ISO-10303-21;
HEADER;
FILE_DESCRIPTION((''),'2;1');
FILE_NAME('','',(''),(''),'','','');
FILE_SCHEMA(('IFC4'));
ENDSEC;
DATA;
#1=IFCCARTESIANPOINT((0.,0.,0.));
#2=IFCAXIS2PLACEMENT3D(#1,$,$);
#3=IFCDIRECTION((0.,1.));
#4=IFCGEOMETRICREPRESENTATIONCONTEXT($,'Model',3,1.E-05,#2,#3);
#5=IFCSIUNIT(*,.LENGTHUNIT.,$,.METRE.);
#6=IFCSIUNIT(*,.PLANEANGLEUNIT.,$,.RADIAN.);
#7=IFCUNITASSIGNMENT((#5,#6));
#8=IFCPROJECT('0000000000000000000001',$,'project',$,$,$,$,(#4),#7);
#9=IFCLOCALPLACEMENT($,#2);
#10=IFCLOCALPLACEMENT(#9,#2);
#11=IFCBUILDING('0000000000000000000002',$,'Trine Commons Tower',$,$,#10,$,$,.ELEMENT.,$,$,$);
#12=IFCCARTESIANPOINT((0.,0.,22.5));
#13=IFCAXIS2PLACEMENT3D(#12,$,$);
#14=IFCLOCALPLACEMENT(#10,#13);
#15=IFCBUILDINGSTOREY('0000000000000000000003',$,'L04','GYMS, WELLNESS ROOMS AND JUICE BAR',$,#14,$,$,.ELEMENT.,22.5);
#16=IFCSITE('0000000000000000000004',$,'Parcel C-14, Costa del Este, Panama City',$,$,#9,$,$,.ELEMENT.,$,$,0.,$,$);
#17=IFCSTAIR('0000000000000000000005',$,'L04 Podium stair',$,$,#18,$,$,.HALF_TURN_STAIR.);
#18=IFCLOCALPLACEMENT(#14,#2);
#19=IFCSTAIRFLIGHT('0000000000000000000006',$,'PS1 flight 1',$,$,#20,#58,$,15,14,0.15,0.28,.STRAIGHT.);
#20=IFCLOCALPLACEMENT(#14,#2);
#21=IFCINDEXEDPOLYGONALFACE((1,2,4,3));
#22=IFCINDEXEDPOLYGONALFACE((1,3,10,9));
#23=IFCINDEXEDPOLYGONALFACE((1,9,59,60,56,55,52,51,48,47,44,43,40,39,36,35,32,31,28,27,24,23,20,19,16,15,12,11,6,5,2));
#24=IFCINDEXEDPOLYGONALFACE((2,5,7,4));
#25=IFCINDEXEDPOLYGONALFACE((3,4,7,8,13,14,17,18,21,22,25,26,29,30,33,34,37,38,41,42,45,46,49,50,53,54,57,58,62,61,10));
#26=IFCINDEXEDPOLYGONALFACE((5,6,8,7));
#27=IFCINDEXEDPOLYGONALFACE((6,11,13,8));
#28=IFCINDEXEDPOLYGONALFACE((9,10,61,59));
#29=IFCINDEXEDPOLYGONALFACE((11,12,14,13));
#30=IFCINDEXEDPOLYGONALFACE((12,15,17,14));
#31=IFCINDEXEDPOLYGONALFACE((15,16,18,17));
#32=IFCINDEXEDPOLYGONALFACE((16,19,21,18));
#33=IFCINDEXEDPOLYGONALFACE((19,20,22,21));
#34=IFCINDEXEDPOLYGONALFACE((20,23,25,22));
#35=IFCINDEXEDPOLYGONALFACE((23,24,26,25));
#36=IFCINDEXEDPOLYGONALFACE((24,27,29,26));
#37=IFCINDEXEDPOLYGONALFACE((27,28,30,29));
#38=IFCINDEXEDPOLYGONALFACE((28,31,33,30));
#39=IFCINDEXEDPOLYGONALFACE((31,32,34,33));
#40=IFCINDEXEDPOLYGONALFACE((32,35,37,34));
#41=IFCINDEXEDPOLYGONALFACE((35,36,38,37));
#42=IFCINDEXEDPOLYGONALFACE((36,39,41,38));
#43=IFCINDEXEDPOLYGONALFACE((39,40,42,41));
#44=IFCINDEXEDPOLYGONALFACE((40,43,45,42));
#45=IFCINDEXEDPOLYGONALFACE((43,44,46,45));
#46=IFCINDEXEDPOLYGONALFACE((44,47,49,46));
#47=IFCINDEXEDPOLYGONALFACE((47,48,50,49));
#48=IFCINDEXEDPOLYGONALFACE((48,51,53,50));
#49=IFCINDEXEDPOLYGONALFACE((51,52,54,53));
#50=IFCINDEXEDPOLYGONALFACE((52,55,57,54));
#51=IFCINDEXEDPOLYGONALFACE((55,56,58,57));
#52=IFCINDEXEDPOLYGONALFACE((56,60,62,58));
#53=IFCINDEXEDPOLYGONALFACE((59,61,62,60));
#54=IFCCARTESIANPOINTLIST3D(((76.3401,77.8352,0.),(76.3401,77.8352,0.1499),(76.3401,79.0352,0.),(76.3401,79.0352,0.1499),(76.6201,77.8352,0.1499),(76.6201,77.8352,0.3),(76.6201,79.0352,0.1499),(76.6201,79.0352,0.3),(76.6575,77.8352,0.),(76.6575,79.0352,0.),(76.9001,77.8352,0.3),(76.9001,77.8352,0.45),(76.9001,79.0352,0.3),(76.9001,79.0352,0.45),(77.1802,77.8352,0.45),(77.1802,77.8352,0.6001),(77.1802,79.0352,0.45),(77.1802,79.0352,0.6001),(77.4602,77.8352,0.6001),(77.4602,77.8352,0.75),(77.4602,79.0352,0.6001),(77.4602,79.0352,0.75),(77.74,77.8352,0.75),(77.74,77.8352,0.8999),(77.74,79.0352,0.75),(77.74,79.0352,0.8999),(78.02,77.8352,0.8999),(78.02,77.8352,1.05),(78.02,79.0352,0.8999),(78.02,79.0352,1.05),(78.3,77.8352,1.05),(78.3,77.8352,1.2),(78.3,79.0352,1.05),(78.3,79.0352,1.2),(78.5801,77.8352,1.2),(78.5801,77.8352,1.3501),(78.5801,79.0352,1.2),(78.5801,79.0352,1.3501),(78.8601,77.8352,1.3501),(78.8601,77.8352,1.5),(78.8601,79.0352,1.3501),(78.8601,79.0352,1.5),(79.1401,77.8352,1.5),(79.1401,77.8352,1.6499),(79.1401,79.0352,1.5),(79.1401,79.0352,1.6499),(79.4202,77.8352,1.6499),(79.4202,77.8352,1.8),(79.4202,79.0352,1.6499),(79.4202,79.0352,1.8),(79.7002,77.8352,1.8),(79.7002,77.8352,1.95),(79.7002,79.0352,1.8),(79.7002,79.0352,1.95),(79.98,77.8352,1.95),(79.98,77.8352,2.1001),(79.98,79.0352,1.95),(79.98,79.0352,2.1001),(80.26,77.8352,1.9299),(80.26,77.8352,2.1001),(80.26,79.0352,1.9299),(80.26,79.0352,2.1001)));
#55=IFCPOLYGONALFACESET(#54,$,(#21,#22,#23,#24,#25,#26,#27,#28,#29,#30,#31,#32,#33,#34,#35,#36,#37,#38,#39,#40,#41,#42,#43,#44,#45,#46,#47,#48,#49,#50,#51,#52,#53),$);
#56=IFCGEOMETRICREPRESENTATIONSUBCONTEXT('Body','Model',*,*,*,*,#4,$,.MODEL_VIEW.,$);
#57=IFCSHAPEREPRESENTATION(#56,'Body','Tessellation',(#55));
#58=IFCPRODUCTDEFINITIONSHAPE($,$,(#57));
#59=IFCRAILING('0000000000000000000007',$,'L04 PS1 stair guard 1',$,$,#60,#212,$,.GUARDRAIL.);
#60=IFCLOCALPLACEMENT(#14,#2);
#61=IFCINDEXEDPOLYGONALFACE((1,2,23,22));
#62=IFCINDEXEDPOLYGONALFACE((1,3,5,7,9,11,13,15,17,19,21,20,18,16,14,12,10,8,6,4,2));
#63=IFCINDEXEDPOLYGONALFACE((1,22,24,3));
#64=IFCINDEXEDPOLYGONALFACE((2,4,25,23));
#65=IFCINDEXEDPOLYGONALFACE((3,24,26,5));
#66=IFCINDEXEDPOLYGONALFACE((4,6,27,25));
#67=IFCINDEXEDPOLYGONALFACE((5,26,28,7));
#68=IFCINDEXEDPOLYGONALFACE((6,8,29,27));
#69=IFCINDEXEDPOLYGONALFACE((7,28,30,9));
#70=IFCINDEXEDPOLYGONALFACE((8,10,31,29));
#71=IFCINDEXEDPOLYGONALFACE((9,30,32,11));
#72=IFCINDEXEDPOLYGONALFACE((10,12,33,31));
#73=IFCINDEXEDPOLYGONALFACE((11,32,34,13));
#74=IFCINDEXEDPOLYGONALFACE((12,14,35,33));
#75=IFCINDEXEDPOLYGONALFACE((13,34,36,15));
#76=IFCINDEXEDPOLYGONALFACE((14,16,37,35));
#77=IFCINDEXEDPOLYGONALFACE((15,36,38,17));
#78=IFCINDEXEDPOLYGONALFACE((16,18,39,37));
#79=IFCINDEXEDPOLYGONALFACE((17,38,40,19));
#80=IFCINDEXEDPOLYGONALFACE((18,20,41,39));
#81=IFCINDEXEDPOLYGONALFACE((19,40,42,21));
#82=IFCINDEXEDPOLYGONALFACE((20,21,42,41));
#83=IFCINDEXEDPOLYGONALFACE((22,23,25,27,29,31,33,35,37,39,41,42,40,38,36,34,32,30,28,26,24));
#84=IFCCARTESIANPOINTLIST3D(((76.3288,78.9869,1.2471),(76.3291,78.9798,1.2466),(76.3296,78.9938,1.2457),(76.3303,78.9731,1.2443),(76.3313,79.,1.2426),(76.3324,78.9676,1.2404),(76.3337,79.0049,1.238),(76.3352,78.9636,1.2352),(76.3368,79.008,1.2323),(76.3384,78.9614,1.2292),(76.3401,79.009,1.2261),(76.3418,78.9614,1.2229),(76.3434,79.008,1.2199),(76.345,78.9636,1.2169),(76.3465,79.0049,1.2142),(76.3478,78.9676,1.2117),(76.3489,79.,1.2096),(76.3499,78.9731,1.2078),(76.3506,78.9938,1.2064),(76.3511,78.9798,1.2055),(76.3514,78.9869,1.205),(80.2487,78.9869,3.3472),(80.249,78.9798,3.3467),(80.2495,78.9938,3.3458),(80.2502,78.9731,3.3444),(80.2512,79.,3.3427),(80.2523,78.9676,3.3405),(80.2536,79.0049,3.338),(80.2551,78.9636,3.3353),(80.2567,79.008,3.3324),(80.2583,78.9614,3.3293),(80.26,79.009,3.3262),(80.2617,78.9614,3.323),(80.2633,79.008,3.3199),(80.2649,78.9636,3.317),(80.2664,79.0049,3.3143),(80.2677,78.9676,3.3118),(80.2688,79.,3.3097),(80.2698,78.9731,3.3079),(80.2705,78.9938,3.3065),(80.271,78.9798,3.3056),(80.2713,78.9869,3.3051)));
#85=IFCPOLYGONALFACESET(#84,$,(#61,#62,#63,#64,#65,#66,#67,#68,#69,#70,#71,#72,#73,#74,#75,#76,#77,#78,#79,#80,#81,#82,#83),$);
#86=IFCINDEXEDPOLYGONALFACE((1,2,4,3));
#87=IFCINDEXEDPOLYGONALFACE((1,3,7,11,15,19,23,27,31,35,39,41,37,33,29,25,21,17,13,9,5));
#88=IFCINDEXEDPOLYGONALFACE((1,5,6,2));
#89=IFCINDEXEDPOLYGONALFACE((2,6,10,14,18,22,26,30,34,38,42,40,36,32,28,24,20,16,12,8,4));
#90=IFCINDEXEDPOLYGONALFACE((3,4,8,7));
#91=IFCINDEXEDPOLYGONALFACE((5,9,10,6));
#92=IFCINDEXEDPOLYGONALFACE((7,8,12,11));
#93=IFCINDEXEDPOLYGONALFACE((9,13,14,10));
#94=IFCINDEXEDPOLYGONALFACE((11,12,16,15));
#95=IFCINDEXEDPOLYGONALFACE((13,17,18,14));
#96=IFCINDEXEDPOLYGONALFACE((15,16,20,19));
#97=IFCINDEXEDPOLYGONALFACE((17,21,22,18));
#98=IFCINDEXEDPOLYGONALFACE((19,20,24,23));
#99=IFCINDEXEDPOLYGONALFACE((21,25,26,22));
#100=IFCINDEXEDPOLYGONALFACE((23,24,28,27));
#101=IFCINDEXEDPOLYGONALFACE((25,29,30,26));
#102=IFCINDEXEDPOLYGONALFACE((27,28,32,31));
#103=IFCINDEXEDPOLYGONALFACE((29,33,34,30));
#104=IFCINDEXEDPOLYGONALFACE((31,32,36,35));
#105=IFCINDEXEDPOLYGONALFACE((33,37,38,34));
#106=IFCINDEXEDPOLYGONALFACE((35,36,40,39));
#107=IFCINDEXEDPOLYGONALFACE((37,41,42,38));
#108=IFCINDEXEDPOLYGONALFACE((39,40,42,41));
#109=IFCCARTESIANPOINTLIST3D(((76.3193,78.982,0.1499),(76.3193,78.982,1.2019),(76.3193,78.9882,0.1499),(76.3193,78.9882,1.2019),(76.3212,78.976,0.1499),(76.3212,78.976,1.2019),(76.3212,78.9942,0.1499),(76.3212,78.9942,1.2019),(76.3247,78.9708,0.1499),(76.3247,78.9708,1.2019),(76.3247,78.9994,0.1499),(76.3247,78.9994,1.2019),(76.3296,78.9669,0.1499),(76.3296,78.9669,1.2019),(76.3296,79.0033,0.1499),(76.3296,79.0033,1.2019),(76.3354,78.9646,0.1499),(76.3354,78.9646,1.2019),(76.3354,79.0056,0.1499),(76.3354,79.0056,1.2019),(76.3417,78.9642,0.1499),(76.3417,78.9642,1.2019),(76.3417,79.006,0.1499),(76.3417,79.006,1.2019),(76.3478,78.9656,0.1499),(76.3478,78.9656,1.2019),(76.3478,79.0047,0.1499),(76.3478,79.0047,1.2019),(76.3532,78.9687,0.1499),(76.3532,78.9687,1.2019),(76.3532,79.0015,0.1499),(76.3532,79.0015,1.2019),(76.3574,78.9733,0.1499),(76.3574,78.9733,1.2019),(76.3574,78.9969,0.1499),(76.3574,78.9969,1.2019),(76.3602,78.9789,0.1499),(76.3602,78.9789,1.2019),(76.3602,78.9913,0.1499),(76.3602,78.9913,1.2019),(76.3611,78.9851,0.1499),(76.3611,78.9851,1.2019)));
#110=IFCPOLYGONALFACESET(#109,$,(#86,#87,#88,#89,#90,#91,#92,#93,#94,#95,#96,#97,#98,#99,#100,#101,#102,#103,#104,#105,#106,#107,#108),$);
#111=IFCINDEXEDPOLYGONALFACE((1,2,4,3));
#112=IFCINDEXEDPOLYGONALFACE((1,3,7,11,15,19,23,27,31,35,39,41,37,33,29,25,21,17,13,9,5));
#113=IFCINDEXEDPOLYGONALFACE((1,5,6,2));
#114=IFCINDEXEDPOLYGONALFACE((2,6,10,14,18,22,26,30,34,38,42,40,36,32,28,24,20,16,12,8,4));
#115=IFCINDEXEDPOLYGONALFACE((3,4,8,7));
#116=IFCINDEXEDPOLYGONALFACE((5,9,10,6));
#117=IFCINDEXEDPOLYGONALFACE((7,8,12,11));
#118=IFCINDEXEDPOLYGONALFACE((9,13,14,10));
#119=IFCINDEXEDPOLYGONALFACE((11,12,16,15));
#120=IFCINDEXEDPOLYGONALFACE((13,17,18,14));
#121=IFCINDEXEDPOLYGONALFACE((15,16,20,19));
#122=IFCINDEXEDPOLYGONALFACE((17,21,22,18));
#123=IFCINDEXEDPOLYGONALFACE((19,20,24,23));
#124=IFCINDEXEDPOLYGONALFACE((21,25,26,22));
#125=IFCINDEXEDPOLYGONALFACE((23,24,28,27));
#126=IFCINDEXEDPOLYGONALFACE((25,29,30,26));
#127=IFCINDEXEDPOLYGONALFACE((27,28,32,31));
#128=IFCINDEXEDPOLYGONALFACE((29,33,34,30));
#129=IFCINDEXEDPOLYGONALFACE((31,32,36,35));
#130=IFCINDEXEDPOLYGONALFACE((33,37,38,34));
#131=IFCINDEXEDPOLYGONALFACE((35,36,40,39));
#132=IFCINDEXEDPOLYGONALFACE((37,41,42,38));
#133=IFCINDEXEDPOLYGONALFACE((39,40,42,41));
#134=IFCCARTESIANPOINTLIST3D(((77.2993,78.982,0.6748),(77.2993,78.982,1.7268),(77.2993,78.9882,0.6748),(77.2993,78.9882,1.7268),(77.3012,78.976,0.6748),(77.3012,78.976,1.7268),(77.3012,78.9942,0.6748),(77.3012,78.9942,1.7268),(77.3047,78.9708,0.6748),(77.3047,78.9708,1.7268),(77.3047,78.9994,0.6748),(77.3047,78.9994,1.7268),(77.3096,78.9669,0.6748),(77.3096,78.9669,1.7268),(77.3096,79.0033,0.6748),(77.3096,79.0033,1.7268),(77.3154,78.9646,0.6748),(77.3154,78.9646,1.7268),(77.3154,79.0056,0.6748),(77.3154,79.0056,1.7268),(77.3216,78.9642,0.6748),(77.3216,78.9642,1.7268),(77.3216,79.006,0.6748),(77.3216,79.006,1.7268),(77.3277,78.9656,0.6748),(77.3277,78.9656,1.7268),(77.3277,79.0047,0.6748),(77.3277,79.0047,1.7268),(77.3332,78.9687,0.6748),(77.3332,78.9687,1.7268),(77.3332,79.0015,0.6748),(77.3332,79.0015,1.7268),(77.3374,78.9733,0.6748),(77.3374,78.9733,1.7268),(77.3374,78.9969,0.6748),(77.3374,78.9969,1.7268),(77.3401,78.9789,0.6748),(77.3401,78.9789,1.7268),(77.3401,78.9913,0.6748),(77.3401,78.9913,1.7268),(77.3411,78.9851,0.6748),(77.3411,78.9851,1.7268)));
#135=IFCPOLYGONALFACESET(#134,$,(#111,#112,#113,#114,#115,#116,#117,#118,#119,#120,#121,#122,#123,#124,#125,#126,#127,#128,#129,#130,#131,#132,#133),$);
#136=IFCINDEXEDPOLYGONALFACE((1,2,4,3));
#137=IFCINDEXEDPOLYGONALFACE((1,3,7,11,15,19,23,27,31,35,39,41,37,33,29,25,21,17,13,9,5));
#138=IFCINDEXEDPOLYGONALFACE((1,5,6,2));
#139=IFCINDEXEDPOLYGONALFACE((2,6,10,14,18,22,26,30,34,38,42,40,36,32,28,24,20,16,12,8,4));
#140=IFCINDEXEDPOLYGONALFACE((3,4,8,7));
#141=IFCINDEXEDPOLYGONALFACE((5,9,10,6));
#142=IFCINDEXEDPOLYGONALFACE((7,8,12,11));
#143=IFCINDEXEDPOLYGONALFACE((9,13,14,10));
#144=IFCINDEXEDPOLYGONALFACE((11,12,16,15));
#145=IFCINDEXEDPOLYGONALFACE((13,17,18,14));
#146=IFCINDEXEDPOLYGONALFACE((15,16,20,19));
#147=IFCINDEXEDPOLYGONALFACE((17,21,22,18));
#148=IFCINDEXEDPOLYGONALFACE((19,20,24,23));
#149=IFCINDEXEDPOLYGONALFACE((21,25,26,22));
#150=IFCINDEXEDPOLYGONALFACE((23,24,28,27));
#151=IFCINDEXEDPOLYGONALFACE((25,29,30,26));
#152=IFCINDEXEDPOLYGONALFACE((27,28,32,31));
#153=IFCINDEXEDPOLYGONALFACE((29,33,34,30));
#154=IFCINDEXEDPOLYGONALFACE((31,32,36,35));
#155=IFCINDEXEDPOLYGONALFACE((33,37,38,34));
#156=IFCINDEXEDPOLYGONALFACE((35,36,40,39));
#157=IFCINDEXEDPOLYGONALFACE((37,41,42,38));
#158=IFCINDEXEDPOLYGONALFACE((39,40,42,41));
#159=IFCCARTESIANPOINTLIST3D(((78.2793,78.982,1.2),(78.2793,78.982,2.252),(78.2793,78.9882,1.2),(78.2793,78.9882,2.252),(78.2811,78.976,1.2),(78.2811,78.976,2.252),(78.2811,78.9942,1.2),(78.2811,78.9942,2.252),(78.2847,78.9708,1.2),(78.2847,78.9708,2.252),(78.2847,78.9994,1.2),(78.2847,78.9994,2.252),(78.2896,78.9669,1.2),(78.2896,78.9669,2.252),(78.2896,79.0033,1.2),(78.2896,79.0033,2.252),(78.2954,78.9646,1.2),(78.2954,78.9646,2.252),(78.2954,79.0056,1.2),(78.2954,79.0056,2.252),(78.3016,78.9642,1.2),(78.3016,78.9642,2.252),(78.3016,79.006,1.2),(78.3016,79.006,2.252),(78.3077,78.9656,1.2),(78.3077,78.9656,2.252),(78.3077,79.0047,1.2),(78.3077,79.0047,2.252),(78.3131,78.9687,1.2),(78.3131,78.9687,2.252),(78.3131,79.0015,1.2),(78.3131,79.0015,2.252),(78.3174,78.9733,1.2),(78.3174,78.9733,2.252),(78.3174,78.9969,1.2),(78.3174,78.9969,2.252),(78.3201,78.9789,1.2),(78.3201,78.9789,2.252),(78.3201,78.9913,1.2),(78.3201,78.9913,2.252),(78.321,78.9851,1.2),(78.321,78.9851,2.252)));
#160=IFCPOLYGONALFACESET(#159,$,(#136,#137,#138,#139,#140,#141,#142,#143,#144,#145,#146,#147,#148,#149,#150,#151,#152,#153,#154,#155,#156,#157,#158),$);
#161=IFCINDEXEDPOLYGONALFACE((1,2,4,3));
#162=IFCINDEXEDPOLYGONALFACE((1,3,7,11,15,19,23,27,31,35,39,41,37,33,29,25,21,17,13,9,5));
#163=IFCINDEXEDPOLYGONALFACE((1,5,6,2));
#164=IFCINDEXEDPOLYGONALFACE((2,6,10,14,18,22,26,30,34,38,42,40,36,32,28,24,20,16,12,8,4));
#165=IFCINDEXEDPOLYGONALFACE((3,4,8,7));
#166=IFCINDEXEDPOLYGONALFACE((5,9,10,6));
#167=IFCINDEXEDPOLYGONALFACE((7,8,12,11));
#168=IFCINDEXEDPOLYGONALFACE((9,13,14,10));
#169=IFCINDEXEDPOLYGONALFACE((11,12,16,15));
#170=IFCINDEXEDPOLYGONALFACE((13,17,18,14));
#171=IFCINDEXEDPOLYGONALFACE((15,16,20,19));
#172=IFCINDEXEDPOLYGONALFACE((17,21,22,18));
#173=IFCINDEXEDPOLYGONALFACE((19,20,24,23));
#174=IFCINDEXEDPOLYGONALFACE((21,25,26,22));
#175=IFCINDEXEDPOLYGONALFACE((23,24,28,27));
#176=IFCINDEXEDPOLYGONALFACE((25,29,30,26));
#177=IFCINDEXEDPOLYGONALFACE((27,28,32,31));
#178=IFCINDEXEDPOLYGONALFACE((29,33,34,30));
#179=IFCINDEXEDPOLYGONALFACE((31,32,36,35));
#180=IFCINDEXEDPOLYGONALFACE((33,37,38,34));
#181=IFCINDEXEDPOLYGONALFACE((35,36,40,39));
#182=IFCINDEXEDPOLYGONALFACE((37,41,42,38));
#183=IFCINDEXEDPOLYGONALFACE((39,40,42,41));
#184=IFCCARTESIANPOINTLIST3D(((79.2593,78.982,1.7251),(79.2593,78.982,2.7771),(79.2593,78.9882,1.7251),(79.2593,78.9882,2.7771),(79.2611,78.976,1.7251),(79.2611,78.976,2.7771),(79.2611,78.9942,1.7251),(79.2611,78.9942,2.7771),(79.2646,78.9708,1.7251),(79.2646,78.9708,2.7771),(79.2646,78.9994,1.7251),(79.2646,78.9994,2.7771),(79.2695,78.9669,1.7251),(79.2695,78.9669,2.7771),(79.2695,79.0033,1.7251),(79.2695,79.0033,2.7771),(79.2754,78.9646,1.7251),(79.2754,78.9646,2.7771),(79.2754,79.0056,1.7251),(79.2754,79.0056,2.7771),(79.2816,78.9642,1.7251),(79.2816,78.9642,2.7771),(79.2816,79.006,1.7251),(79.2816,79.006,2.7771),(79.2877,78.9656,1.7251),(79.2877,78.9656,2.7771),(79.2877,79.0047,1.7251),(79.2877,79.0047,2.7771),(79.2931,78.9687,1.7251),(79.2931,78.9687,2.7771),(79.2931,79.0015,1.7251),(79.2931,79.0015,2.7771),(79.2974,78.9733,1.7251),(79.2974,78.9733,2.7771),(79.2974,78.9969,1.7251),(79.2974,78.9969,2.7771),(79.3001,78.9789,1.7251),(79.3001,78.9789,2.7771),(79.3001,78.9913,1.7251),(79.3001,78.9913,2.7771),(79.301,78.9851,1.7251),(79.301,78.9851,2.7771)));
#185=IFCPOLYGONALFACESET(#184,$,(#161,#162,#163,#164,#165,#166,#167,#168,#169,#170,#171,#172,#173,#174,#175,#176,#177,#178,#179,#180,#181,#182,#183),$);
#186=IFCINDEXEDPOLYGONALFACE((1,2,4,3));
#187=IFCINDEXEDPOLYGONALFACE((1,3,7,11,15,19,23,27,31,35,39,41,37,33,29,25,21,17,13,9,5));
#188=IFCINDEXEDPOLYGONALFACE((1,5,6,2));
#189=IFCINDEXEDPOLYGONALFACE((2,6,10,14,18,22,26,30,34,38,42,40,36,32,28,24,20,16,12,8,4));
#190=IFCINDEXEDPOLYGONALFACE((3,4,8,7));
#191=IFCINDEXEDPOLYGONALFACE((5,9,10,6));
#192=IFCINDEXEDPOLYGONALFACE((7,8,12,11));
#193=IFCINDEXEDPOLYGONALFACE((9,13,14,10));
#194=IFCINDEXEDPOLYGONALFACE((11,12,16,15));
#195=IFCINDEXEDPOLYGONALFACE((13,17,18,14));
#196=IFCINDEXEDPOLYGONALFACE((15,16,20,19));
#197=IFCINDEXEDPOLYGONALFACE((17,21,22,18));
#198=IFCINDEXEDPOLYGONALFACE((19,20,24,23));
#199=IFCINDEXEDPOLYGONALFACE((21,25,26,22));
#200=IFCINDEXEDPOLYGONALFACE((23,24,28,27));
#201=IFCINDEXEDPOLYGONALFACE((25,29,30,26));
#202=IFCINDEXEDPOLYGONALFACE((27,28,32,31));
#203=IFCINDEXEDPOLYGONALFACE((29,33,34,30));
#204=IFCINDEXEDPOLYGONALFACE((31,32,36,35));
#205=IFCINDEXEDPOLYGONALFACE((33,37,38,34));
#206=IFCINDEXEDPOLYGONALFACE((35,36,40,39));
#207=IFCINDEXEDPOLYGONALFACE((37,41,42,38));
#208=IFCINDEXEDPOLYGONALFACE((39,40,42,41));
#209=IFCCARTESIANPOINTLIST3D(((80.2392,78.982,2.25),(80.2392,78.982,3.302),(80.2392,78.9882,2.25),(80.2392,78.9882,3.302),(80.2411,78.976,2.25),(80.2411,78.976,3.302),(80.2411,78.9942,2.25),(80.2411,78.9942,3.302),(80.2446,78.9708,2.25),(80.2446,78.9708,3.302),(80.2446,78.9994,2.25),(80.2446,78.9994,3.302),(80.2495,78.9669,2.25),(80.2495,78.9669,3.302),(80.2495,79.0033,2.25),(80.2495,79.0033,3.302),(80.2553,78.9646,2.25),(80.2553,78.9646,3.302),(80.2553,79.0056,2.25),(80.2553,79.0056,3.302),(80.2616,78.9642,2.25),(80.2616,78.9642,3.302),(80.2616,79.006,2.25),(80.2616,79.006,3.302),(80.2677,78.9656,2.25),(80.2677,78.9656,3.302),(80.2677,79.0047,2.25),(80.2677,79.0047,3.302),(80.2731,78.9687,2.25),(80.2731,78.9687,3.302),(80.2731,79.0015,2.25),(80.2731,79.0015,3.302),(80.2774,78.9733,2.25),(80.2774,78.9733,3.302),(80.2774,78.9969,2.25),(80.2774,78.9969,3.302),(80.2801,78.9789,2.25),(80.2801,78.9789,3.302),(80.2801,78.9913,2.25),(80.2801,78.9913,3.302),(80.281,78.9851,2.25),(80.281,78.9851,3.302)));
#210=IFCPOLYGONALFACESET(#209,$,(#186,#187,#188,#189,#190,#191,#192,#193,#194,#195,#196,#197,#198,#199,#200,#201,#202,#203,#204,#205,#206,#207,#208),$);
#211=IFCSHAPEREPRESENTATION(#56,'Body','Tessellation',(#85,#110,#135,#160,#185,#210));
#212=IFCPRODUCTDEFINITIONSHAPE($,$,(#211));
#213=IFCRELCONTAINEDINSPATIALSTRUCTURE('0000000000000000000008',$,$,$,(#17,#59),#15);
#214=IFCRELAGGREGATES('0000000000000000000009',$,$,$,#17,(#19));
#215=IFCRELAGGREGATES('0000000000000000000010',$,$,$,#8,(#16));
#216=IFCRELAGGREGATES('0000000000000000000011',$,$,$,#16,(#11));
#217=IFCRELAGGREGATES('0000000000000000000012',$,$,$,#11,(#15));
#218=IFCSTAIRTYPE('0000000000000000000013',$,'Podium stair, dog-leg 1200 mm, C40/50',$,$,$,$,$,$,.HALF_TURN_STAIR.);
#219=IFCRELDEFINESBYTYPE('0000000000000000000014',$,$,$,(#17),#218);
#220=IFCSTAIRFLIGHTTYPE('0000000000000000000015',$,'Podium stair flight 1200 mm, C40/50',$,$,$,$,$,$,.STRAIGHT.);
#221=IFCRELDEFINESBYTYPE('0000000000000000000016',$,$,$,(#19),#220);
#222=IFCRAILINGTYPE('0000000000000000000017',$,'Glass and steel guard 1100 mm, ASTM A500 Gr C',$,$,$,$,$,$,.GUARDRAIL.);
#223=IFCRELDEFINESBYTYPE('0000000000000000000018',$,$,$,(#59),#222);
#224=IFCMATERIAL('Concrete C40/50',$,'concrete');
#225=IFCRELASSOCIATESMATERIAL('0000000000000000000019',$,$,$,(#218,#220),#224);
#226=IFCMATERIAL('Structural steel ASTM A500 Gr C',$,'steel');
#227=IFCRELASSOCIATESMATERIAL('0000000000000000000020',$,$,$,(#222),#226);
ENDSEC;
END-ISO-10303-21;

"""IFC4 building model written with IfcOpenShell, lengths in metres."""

from ifc_helpers import new_model, si_unit, direction, frame, origin, origin_2d, place, context, subcontext, project, spatial, polyline, circle, outline, extrude, material, type_object, element, aggregate, save


model = new_model("IFC4")

# Units and contexts
model_context = context("Model", 3, precision=1e-05, world=origin(), true_north=direction((0.0, 1.0)))
body_context = subcontext(model_context, "Body", "Model", "MODEL_VIEW")
ifc_project = project(units=[si_unit("LENGTHUNIT", "METRE"), si_unit("PLANEANGLEUNIT", "RADIAN")], contexts=[model_context])

# Site, building, storey
site_placement = place(None, origin())
site = spatial("IfcSite", under=ifc_project, at=site_placement, Name="Parcel C-14, Costa del Este, Panama City", CompositionType="ELEMENT", RefElevation=0.0)
building_placement = place(site_placement, origin())
building = spatial("IfcBuilding", under=site, at=building_placement, Name="Trine Commons Tower", CompositionType="ELEMENT")
storey_placement = place(building_placement, frame((0.0, 0.0, 22.5)))
storey = spatial("IfcBuildingStorey", under=building, at=storey_placement, Name="L04", Description="GYMS, WELLNESS ROOMS AND JUICE BAR", CompositionType="ELEMENT", Elevation=22.5)

# Stair, stair flight
ifc_material_1 = material(Name="Concrete C40/50", Category="concrete")
stair_type = type_object("IfcStairType", Name="Podium stair, dog-leg 1200 mm, C40/50", PredefinedType="HALF_TURN_STAIR", material=ifc_material_1)
stair_placement = place(storey_placement, origin())
stair = element("IfcStair", 1, at=stair_placement, inside=storey, type_object=stair_type, Name="L04 Podium stair", PredefinedType="HALF_TURN_STAIR")
stair_flight_type = type_object("IfcStairFlightType", Name="Podium stair flight 1200 mm, C40/50", PredefinedType="STRAIGHT", material=ifc_material_1)
stair_flight_placement = place(storey_placement, frame((76.3401, 78.4351, 0.0), z_axis=(0.0, 0.0, 1.0), x_axis=(1.0, 0.0, 0.0)))
stair_flight = element("IfcStairFlight", 2, at=stair_flight_placement, type_object=stair_flight_type, Name="PS1 flight 1", NumberOfRisers=15, NumberOfTreads=14, PredefinedType="STRAIGHT", RiserHeight=0.15, TreadLength=0.28, context=body_context, shape_type="SweptSolid", body=[
    extrude(outline(polyline([(0.0, 0.0), (0.0, 0.1499), (0.28, 0.1499), (0.28, 0.3), (0.5601, 0.3), (0.5601, 0.45), (0.8401, 0.45), (0.8401, 0.6001), (1.1201, 0.6001), (1.1201, 0.75), (1.3999, 0.75), (1.3999, 0.8999), (1.6799, 0.8999), (1.6799, 1.05), (1.96, 1.05), (1.96, 1.2), (2.24, 1.2), (2.24, 1.3501), (2.52, 1.3501), (2.52, 1.5), (2.8, 1.5), (2.8, 1.6499), (3.0801, 1.6499), (3.0801, 1.8), (3.3601, 1.8), (3.3601, 1.95), (3.6399, 1.95), (3.6399, 2.1001), (3.9199, 2.1001), (3.9199, 2.25), (3.9199, 1.9299), (0.3174, 0.0), (0.0, 0.0)])), frame((0.0, 0.6001, 0.0), z_axis=(0.0, -1.0, 0.0), x_axis=(1.0, 0.0, 0.0)), (0.0, 0.0, 1.0), 1.2),
])
aggregate(stair, [stair_flight])

# Railing
ifc_material_2 = material(Name="Structural steel ASTM A500 Gr C", Category="steel")
railing_type_1 = type_object("IfcRailingType", Name="Glass and steel guard 1100 mm, ASTM A500 Gr C", PredefinedType="GUARDRAIL", material=ifc_material_2)
railing_1_placement = place(storey_placement, frame((76.3401, 78.9851, 0.1499)))
element("IfcRailing", 3, at=railing_1_placement, inside=storey, type_object=railing_type_1, Name="L04 PS1 stair guard 1", PredefinedType="GUARDRAIL", context=body_context, shape_type="SweptSolid", body=[
    extrude(circle(Radius=0.0239, at=origin_2d()), frame((0.0, 0.0, 1.0762), z_axis=(0.881467, 0.0, 0.472246), x_axis=(0.0, 1.0, 0.0)), (0.0, 0.0, 1.0), 4.447),
    extrude(circle(Radius=0.021, at=origin_2d()), origin(), (0.0, 0.0, 1.0), 1.052),
    extrude(circle(Radius=0.021, at=origin_2d()), frame((0.98, 0.0, 0.5249)), (0.0, 0.0, 1.0), 1.052),
    extrude(circle(Radius=0.021, at=origin_2d()), frame((1.96, 0.0, 1.05)), (0.0, 0.0, 1.0), 1.052),
    extrude(circle(Radius=0.021, at=origin_2d()), frame((2.9399, 0.0, 1.5752)), (0.0, 0.0, 1.0), 1.052),
    extrude(circle(Radius=0.021, at=origin_2d()), frame((3.9199, 0.0, 2.1001)), (0.0, 0.0, 1.0), 1.052),
])

save(model, "model.ifc")
